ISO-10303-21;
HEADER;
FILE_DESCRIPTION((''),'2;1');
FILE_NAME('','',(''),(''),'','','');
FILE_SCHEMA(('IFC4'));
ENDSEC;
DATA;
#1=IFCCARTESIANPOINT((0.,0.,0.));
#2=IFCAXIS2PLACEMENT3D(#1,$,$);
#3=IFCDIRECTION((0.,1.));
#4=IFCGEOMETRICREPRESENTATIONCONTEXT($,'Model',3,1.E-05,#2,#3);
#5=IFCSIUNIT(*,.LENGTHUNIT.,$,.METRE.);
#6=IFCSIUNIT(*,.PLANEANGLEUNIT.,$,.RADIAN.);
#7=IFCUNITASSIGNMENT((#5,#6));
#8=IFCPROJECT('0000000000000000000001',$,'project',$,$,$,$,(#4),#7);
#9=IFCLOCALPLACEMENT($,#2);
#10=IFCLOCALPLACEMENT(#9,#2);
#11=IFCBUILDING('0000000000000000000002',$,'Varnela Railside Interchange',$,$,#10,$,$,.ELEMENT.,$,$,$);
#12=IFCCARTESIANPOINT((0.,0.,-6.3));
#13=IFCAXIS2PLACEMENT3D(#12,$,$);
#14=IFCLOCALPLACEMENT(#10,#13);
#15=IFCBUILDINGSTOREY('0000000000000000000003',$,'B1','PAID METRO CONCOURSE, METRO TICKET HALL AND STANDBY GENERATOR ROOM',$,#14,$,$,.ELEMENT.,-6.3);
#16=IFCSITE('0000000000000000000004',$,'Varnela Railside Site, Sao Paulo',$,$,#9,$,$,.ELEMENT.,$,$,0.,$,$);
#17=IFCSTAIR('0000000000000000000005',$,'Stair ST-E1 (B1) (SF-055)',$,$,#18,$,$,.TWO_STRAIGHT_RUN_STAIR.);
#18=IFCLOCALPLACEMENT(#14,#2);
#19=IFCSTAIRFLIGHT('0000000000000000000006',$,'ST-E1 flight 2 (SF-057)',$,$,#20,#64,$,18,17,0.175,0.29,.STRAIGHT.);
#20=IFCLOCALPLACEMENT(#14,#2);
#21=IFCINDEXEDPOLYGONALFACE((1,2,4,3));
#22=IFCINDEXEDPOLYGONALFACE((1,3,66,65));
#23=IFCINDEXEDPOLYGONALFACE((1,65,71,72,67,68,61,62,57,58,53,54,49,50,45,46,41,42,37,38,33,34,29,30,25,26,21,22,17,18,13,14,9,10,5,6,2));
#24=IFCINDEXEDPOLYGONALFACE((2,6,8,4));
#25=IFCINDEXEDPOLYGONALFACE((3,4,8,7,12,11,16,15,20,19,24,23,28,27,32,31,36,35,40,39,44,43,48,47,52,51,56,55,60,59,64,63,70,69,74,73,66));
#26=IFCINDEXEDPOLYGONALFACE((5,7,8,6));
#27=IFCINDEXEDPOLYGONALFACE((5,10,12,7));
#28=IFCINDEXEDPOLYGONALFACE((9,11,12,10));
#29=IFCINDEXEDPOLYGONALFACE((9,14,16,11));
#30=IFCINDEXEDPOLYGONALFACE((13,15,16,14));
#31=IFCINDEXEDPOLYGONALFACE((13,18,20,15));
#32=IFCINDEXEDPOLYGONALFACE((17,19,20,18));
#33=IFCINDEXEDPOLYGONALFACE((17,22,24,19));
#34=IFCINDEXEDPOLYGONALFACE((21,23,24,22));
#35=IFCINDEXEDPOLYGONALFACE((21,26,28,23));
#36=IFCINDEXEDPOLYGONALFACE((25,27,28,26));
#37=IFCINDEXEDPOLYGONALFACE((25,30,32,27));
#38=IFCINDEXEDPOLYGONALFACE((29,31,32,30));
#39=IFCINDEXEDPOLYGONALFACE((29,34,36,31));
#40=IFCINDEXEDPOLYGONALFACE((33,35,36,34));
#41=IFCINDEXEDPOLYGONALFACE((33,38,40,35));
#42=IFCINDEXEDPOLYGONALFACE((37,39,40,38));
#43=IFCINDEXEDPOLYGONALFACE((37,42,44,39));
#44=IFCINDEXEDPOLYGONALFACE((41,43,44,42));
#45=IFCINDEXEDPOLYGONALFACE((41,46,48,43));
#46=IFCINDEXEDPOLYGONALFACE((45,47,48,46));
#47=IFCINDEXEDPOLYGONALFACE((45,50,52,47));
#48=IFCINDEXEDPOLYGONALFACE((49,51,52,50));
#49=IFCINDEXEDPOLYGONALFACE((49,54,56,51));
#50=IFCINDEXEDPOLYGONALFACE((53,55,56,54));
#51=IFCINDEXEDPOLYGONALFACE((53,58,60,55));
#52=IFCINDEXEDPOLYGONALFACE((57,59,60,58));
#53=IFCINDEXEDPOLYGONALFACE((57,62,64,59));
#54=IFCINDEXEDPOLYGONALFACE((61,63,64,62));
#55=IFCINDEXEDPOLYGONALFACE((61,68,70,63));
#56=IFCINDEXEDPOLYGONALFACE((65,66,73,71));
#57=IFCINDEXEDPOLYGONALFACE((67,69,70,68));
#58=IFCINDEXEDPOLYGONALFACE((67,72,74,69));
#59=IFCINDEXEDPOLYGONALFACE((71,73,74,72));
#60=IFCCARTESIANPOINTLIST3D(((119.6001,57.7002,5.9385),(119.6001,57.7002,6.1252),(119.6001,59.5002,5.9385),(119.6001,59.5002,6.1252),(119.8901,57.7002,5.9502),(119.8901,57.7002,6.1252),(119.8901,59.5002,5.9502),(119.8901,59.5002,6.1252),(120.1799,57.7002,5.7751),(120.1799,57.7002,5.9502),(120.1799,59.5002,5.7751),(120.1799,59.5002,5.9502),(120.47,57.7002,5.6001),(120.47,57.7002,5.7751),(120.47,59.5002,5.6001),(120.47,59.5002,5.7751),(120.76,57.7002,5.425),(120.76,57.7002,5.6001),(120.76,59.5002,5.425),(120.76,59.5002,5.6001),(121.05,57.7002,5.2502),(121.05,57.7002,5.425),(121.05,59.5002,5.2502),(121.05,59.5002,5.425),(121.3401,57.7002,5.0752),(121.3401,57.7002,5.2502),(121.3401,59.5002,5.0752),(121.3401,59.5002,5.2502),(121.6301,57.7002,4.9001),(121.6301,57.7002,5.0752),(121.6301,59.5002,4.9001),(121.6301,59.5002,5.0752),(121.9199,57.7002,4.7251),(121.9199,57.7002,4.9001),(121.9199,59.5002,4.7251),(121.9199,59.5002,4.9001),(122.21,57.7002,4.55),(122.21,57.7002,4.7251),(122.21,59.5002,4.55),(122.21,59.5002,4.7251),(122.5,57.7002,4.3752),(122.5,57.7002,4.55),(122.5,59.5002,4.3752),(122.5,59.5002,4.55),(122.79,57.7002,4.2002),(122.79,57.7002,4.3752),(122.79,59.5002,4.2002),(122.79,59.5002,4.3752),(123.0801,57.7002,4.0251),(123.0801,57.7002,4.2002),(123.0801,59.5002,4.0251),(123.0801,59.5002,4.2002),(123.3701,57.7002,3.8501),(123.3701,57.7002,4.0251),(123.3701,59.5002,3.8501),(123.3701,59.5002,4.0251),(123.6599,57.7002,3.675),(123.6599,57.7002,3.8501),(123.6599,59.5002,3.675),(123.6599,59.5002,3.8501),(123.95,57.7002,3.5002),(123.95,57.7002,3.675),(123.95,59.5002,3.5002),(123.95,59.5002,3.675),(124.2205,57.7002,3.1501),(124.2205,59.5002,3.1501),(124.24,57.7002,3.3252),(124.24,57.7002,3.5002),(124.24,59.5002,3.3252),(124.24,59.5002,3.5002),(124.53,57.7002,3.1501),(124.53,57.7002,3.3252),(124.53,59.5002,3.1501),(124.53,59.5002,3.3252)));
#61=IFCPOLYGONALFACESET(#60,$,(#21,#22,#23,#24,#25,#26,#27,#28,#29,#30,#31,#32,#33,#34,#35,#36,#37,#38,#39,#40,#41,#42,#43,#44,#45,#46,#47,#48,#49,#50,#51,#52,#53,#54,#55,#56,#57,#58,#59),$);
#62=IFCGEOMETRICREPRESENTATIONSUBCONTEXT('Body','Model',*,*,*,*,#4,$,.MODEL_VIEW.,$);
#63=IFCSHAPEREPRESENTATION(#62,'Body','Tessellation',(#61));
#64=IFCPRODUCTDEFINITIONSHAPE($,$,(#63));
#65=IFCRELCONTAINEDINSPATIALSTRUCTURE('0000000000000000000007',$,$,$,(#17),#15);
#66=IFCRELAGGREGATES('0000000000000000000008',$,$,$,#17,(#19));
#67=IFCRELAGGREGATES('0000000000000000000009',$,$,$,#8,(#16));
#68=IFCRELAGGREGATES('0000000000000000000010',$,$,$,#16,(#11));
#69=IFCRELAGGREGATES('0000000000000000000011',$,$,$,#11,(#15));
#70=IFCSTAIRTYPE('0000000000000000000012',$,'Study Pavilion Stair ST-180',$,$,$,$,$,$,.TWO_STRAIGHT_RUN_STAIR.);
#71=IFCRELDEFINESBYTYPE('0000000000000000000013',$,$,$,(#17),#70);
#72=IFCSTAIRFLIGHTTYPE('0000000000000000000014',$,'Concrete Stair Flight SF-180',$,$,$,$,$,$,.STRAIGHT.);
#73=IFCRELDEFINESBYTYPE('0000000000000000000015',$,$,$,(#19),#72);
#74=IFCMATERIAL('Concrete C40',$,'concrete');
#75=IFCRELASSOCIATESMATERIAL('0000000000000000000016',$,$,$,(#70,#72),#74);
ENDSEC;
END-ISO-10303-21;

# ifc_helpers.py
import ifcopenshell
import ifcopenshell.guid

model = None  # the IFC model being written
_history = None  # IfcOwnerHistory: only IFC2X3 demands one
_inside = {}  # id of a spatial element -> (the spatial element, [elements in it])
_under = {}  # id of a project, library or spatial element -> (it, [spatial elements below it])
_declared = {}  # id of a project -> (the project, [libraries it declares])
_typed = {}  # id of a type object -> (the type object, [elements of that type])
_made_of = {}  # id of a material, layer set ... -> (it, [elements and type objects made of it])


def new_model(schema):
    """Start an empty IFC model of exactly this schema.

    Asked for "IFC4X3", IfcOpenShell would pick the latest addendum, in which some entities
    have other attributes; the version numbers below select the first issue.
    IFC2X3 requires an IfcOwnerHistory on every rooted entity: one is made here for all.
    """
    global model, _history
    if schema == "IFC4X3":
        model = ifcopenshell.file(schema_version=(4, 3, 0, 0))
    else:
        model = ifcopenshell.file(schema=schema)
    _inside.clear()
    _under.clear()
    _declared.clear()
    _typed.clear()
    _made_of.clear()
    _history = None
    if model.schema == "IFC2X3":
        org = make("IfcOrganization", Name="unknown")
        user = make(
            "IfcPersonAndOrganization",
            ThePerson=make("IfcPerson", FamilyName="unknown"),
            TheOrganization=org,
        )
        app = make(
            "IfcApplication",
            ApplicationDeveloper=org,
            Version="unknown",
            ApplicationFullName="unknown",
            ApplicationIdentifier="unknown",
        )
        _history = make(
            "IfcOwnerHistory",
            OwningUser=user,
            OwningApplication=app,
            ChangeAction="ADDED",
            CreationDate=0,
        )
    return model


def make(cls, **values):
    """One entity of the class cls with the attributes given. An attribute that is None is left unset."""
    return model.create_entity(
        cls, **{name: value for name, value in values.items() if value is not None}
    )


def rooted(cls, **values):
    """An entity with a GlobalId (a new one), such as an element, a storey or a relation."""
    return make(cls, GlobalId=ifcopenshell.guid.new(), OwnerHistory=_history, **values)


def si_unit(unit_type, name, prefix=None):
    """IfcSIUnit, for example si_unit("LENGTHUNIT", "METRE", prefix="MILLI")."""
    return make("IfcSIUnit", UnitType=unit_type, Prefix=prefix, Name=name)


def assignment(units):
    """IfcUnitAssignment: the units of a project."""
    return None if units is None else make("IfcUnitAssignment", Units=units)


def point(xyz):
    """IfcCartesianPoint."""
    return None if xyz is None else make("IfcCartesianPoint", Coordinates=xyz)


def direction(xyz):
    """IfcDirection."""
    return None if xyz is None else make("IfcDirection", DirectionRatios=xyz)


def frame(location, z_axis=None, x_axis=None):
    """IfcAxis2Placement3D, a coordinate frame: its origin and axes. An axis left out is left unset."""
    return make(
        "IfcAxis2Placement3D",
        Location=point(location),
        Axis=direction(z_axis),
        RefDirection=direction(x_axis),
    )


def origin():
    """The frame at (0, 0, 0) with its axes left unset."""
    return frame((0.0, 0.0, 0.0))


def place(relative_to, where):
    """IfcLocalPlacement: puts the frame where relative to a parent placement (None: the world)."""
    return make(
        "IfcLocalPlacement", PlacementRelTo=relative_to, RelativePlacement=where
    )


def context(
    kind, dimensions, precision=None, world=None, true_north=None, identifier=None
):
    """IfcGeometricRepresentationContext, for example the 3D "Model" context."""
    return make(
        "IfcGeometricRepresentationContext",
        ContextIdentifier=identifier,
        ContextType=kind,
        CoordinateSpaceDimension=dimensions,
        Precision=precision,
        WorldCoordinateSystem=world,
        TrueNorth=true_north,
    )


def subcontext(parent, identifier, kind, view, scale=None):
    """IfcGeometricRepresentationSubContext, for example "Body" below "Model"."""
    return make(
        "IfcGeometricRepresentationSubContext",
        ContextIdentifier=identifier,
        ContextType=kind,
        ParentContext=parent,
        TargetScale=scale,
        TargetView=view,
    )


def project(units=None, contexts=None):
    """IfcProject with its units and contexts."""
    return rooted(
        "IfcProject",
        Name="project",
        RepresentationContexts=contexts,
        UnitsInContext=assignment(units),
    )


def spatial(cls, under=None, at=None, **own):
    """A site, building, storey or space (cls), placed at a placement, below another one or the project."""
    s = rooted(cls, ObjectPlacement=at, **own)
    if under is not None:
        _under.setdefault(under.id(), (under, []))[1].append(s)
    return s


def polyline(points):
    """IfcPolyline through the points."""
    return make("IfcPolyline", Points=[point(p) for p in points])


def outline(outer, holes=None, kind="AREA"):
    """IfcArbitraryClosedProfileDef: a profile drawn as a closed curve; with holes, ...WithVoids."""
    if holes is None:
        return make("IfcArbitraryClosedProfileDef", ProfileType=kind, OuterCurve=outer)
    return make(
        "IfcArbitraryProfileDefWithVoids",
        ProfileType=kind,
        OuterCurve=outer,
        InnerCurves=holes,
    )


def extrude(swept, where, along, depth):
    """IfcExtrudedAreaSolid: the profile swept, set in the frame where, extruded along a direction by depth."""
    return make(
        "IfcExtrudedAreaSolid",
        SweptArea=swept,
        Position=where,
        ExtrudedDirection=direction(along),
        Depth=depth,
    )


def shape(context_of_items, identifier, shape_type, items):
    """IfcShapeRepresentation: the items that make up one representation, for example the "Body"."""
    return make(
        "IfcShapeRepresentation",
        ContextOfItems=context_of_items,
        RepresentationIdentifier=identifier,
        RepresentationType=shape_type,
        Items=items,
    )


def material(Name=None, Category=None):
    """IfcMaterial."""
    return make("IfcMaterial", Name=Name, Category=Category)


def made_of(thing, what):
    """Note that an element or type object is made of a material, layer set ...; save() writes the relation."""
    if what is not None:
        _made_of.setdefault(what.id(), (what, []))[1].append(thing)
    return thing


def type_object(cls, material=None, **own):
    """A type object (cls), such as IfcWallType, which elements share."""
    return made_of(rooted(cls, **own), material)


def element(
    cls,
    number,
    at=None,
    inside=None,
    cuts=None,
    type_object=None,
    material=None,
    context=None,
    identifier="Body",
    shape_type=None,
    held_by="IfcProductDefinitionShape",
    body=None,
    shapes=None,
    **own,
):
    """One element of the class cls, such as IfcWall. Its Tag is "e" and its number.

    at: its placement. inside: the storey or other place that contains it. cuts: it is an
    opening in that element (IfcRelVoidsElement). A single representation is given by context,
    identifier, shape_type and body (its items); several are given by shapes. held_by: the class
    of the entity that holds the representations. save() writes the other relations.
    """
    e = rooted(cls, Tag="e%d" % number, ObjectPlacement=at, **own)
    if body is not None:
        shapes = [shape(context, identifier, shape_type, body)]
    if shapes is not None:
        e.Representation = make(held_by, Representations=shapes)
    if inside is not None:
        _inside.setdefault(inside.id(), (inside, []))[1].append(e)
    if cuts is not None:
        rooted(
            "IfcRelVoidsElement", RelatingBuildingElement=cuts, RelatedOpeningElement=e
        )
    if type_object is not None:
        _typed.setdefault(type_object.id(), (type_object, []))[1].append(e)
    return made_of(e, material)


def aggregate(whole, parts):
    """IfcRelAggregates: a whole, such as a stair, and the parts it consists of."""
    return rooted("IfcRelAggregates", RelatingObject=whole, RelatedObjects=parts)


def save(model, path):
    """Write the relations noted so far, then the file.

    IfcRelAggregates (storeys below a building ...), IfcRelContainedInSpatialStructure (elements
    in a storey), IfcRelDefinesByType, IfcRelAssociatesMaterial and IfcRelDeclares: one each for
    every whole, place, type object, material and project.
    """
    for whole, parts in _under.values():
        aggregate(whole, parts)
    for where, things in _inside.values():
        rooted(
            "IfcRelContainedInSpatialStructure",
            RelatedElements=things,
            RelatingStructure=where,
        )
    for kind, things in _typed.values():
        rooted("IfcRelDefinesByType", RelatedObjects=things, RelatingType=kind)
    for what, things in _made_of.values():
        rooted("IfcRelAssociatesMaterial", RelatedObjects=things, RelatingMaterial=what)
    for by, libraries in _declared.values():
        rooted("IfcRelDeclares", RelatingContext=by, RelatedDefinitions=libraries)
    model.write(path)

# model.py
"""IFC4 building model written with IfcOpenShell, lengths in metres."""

from ifc_helpers import new_model, si_unit, direction, frame, origin, place, context, subcontext, project, spatial, polyline, outline, extrude, material, type_object, element, aggregate, save


model = new_model("IFC4")

# Units and contexts
model_context = context("Model", 3, precision=1e-05, world=origin(), true_north=direction((0.0, 1.0)))
body_context = subcontext(model_context, "Body", "Model", "MODEL_VIEW")
ifc_project = project(units=[si_unit("LENGTHUNIT", "METRE"), si_unit("PLANEANGLEUNIT", "RADIAN")], contexts=[model_context])

# Site, building, storey
site_placement = place(None, origin())
site = spatial("IfcSite", under=ifc_project, at=site_placement, Name="Varnela Railside Site, Sao Paulo", CompositionType="ELEMENT", RefElevation=0.0)
building_placement = place(site_placement, origin())
building = spatial("IfcBuilding", under=site, at=building_placement, Name="Varnela Railside Interchange", CompositionType="ELEMENT")
storey_placement = place(building_placement, frame((0.0, 0.0, -6.3)))
storey = spatial("IfcBuildingStorey", under=building, at=storey_placement, Name="B1", Description="PAID METRO CONCOURSE, METRO TICKET HALL AND STANDBY GENERATOR ROOM", CompositionType="ELEMENT", Elevation=-6.3)

# Shared definitions
ifc_material_1 = material(Name="Concrete C40", Category="concrete")

# Stair, stair flight
stair_type = type_object("IfcStairType", Name="Study Pavilion Stair ST-180", PredefinedType="TWO_STRAIGHT_RUN_STAIR", material=ifc_material_1)
stair_placement = place(storey_placement, origin())
stair = element("IfcStair", 1, at=stair_placement, inside=storey, type_object=stair_type, Name="Stair ST-E1 (B1) (SF-055)", PredefinedType="TWO_STRAIGHT_RUN_STAIR")
stair_flight_type = type_object("IfcStairFlightType", Name="Concrete Stair Flight SF-180", PredefinedType="STRAIGHT", material=ifc_material_1)
stair_flight_1_placement = place(storey_placement, frame((124.53, 58.6001, 3.1501), z_axis=(0.0, 0.0, 1.0), x_axis=(-1.0, 0.0, 0.0)))
stair_flight_1 = element("IfcStairFlight", 2, at=stair_flight_1_placement, type_object=stair_flight_type, Name="ST-E1 flight 2 (SF-057)", NumberOfRisers=18, NumberOfTreads=17, PredefinedType="STRAIGHT", RiserHeight=0.175, TreadLength=0.29, context=body_context, shape_type="SweptSolid", body=[
    extrude(outline(polyline([(0.0, 0.0), (0.0, 0.175), (0.29, 0.175), (0.29, 0.3501), (0.5801, 0.3501), (0.5801, 0.5249), (0.8701, 0.5249), (0.8701, 0.7), (1.1599, 0.7), (1.1599, 0.875), (1.45, 0.875), (1.45, 1.05), (1.74, 1.05), (1.74, 1.2251), (2.03, 1.2251), (2.03, 1.3999), (2.3201, 1.3999), (2.3201, 1.575), (2.6101, 1.575), (2.6101, 1.75), (2.8999, 1.75), (2.8999, 1.925), (3.1899, 1.925), (3.1899, 2.1001), (3.48, 2.1001), (3.48, 2.2749), (3.77, 2.2749), (3.77, 2.45), (4.0601, 2.45), (4.0601, 2.625), (4.3501, 2.625), (4.3501, 2.8), (4.6399, 2.8), (4.6399, 2.9751), (4.9299, 2.9751), (4.9299, 3.1499), (4.9299, 2.7883), (0.3096, 0.0), (0.0, 0.0)])), frame((0.0, 0.8999, 0.0), z_axis=(0.0, -1.0, 0.0), x_axis=(1.0, 0.0, 0.0)), (0.0, 0.0, 1.0), 1.8),
])
aggregate(stair, [stair_flight_1])

save(model, "model.ifc")
